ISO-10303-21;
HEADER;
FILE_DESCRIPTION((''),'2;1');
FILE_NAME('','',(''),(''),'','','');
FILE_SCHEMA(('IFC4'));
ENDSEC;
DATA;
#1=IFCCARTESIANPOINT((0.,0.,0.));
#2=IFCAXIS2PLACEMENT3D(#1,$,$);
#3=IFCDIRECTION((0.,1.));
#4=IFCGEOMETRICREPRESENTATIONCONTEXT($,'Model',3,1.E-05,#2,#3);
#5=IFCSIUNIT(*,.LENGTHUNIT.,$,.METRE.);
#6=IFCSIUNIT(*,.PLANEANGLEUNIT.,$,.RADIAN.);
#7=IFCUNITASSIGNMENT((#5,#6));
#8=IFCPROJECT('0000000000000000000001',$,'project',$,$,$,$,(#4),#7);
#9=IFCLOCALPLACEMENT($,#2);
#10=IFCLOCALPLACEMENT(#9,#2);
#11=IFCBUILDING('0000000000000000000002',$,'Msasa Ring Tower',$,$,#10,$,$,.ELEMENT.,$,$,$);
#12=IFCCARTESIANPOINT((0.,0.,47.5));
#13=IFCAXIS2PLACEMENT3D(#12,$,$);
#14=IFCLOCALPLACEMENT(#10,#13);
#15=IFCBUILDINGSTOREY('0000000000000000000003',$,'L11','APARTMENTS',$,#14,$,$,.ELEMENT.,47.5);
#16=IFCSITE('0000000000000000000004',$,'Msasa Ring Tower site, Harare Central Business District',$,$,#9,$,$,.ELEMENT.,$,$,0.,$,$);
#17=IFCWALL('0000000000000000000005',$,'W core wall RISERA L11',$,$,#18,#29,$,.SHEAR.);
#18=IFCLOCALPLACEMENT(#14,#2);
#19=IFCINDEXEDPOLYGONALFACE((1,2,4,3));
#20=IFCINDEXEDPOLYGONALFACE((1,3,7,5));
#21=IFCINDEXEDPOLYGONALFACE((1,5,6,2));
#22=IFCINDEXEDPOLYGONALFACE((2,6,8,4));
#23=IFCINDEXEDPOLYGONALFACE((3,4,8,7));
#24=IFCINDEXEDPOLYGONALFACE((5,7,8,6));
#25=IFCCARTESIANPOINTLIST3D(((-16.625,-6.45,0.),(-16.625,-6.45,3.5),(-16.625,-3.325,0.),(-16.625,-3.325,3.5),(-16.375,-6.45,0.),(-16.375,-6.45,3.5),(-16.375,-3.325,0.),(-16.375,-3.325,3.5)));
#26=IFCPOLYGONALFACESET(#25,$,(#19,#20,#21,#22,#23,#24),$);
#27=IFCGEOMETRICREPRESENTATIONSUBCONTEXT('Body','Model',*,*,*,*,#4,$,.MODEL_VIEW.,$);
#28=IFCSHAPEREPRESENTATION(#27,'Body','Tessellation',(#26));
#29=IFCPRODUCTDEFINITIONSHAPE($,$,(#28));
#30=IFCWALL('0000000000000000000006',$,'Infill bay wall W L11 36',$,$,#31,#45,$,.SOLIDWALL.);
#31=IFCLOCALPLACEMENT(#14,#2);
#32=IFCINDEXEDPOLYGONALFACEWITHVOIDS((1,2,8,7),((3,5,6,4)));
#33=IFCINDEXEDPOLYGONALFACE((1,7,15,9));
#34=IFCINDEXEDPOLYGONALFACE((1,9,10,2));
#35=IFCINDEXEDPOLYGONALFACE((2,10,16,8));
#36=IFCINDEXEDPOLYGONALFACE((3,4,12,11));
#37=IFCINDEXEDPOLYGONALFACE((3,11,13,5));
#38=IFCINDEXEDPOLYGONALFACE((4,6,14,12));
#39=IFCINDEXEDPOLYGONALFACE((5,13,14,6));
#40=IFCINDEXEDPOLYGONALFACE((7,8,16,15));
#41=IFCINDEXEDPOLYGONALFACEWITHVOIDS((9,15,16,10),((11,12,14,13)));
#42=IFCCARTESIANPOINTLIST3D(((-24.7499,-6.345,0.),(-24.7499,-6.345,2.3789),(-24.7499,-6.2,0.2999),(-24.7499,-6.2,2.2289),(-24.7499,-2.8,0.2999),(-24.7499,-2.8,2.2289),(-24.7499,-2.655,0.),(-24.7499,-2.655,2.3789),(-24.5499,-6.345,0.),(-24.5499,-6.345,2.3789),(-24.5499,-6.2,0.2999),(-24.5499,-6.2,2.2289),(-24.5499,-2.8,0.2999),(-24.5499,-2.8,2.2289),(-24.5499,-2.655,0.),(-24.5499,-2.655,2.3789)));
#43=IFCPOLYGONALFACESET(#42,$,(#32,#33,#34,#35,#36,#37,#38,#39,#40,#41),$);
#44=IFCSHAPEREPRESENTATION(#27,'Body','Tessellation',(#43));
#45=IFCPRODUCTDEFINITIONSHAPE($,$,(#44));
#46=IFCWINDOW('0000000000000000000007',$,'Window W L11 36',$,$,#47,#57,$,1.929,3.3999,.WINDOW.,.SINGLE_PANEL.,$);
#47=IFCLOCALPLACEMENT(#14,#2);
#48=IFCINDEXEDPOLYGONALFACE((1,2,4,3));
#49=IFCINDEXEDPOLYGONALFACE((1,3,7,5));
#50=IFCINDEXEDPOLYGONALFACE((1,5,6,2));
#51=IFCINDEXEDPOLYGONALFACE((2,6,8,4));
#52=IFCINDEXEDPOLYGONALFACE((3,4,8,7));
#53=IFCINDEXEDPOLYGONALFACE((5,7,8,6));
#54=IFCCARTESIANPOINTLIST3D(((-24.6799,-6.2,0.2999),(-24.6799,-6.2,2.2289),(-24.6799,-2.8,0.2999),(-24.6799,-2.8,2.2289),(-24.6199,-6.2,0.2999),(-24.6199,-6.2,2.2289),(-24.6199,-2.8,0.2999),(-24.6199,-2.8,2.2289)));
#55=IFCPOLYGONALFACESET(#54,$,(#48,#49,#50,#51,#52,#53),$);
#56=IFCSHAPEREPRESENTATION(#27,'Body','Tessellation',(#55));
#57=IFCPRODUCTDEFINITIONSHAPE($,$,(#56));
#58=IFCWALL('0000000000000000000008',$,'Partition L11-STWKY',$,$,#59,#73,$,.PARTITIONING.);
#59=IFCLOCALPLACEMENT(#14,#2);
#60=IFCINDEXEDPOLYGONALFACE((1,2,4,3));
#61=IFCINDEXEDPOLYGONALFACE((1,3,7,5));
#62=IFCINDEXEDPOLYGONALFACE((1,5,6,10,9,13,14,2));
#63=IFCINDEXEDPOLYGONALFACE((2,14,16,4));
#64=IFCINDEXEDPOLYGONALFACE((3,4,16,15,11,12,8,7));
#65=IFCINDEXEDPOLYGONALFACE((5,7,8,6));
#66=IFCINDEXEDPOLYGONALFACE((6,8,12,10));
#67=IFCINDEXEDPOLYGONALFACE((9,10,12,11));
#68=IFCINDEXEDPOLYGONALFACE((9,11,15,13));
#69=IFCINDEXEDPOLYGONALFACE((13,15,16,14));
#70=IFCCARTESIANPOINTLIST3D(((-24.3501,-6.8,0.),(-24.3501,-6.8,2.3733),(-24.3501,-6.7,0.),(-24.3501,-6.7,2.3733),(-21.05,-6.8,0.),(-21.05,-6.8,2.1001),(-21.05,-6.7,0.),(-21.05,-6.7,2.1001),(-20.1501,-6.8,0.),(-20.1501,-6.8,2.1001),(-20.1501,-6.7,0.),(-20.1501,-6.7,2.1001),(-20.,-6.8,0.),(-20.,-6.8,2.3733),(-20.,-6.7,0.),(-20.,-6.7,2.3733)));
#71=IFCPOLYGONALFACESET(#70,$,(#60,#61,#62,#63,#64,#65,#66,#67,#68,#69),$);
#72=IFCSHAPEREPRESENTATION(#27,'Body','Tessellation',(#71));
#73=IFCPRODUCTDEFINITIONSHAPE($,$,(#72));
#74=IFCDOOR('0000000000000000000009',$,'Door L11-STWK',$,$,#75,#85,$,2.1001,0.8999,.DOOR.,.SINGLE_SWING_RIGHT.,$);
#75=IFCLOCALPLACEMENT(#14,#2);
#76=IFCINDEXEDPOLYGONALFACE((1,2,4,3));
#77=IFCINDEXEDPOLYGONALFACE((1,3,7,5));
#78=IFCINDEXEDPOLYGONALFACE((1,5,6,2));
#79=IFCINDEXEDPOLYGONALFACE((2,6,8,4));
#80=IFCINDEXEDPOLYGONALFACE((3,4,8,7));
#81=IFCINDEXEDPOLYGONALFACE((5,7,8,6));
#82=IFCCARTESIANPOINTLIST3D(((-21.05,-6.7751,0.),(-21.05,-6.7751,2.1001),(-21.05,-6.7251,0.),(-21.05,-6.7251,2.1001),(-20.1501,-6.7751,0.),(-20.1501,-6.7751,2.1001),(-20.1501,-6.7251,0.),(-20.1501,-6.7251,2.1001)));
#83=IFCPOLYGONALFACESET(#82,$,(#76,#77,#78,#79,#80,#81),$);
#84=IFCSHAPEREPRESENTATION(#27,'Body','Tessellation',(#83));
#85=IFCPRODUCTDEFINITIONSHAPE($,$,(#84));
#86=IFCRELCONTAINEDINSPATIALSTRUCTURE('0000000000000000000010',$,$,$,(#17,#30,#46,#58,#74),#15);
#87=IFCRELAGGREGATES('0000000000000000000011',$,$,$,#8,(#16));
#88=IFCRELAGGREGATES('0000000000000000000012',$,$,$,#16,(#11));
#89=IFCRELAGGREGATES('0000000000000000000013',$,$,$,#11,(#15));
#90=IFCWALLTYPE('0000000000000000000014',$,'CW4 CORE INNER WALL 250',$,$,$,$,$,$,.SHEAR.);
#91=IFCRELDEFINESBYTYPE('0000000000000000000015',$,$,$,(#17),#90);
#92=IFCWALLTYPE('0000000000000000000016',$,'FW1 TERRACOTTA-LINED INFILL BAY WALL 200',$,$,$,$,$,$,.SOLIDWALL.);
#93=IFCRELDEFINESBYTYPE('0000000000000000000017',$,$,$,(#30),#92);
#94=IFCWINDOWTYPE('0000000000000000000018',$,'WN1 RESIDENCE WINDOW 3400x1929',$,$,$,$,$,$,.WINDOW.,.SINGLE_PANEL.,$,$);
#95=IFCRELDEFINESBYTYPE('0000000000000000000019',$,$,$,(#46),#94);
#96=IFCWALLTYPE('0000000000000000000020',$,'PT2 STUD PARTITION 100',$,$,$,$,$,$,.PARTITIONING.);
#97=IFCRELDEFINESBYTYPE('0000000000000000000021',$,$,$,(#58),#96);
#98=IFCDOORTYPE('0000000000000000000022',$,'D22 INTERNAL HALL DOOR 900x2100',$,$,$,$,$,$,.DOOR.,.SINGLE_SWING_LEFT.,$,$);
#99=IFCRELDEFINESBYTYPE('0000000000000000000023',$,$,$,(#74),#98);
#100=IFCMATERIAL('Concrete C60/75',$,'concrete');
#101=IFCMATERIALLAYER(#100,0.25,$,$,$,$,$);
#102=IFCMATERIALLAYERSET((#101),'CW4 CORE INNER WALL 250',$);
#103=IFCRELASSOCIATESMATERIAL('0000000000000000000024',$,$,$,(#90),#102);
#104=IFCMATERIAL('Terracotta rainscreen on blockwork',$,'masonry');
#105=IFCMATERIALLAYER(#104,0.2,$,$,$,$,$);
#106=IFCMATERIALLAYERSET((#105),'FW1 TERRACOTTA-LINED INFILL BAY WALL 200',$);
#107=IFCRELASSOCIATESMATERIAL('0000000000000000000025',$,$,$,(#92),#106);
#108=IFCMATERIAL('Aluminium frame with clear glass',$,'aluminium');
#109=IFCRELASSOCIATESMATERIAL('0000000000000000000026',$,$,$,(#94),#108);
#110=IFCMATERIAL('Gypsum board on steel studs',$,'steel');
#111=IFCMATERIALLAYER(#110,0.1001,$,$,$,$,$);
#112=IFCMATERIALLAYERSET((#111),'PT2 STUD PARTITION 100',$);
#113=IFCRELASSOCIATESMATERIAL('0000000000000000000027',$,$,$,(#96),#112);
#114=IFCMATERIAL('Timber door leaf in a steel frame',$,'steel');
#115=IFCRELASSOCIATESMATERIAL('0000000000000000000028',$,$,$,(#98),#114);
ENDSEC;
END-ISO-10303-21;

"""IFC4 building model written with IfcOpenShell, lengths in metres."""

from ifc_helpers import new_model, si_unit, direction, frame, frame_2d, origin, place, context, subcontext, project, spatial, rectangle, extrude, material, layer, layer_set, type_object, element, fill, save


model = new_model("IFC4")

# Units and contexts
model_context = context("Model", 3, precision=1e-05, world=origin(), true_north=direction((0.0, 1.0)))
body_context = subcontext(model_context, "Body", "Model", "MODEL_VIEW")
ifc_project = project(units=[si_unit("LENGTHUNIT", "METRE"), si_unit("PLANEANGLEUNIT", "RADIAN")], contexts=[model_context])

# Site, building, storey
site_placement = place(None, origin())
site = spatial("IfcSite", under=ifc_project, at=site_placement, Name="Msasa Ring Tower site, Harare Central Business District", CompositionType="ELEMENT", RefElevation=0.0)
building_placement = place(site_placement, origin())
building = spatial("IfcBuilding", under=site, at=building_placement, Name="Msasa Ring Tower", CompositionType="ELEMENT")
storey_placement = place(building_placement, frame((0.0, 0.0, 47.5)))
storey = spatial("IfcBuildingStorey", under=building, at=storey_placement, Name="L11", Description="APARTMENTS", CompositionType="ELEMENT", Elevation=47.5)

# Wall
ifc_material_1 = material(Name="Concrete C60/75", Category="concrete")
ifc_layer_1 = layer(ifc_material_1, 0.25)
ifc_layer_set_1 = layer_set([ifc_layer_1], Name="CW4 CORE INNER WALL 250")
wall_type_1 = type_object("IfcWallType", Name="CW4 CORE INNER WALL 250", PredefinedType="SHEAR", material=ifc_layer_set_1)
wall_1_placement = place(storey_placement, frame((-16.5, -6.45, 0.0), z_axis=(0.0, 0.0, 1.0), x_axis=(0.0, 1.0, 0.0)))
element("IfcWall", 1, at=wall_1_placement, inside=storey, type_object=wall_type_1, Name="W core wall RISERA L11", PredefinedType="SHEAR", context=body_context, shape_type="SweptSolid", body=[
    extrude(rectangle(XDim=3.125, YDim=0.25, at=frame_2d((1.5625, 0.0))), origin(), (0.0, 0.0, 1.0), 3.5),
])

# Wall, opening, window
ifc_material_2 = material(Name="Terracotta rainscreen on blockwork", Category="masonry")
ifc_layer_2 = layer(ifc_material_2, 0.2)
ifc_layer_set_2 = layer_set([ifc_layer_2], Name="FW1 TERRACOTTA-LINED INFILL BAY WALL 200")
wall_type_2 = type_object("IfcWallType", Name="FW1 TERRACOTTA-LINED INFILL BAY WALL 200", PredefinedType="SOLIDWALL", material=ifc_layer_set_2)
wall_2_placement = place(storey_placement, frame((-24.6499, -6.345, 0.0), z_axis=(0.0, 0.0, 1.0), x_axis=(0.0, 1.0, 0.0)))
wall_2 = element("IfcWall", 2, at=wall_2_placement, inside=storey, type_object=wall_type_2, Name="Infill bay wall W L11 36", PredefinedType="SOLIDWALL", context=body_context, shape_type="SweptSolid", body=[
    extrude(rectangle(XDim=3.6899, YDim=0.2, at=frame_2d((1.845, 0.0))), origin(), (0.0, 0.0, 1.0), 2.3789),
])
opening_1_placement = place(wall_2_placement, frame((0.145, 0.0, 0.3)))
opening_1 = element("IfcOpeningElement", 3, at=opening_1_placement, cuts=wall_2, PredefinedType="OPENING", context=body_context, shape_type="SweptSolid", body=[
    extrude(rectangle(XDim=3.3999, YDim=1.929, at=frame_2d((1.7, 0.9644))), frame((0.0, 0.1099, 0.0), z_axis=(0.0, -1.0, 0.0), x_axis=(1.0, 0.0, 0.0)), (0.0, 0.0, 1.0), 0.22),
])
ifc_material_3 = material(Name="Aluminium frame with clear glass", Category="aluminium")
window_type = type_object("IfcWindowType", Name="WN1 RESIDENCE WINDOW 3400x1929", PartitioningType="SINGLE_PANEL", PredefinedType="WINDOW", material=ifc_material_3)
window_placement = place(opening_1_placement, origin())
window = element("IfcWindow", 4, at=window_placement, inside=storey, type_object=window_type, Name="Window W L11 36", OverallHeight=1.929, OverallWidth=3.3999, PartitioningType="SINGLE_PANEL", PredefinedType="WINDOW", context=body_context, shape_type="SweptSolid", body=[
    extrude(rectangle(XDim=3.3999, YDim=1.929, at=frame_2d((1.7, 0.9644))), frame((0.0, 0.03, 0.0), z_axis=(0.0, -1.0, 0.0), x_axis=(1.0, 0.0, 0.0)), (0.0, 0.0, 1.0), 0.0601),
])
fill(opening_1, window)

# Wall, opening, door
ifc_material_4 = material(Name="Gypsum board on steel studs", Category="steel")
ifc_layer_3 = layer(ifc_material_4, 0.1001)
ifc_layer_set_3 = layer_set([ifc_layer_3], Name="PT2 STUD PARTITION 100")
wall_type_3 = type_object("IfcWallType", Name="PT2 STUD PARTITION 100", PredefinedType="PARTITIONING", material=ifc_layer_set_3)
wall_3_placement = place(storey_placement, frame((-24.3501, -6.75, 0.0), z_axis=(0.0, 0.0, 1.0), x_axis=(1.0, 0.0, 0.0)))
wall_3 = element("IfcWall", 5, at=wall_3_placement, inside=storey, type_object=wall_type_3, Name="Partition L11-STWKY", PredefinedType="PARTITIONING", context=body_context, shape_type="SweptSolid", body=[
    extrude(rectangle(XDim=4.3501, YDim=0.1001, at=frame_2d((2.175, 0.0))), origin(), (0.0, 0.0, 1.0), 2.3733),
])
opening_2_placement = place(wall_3_placement, frame((3.3, 0.0, 0.0)))
opening_2 = element("IfcOpeningElement", 6, at=opening_2_placement, cuts=wall_3, PredefinedType="OPENING", context=body_context, shape_type="SweptSolid", body=[
    extrude(rectangle(XDim=0.8999, YDim=2.1001, at=frame_2d((0.45, 1.05))), frame((0.0, 0.0601, 0.0), z_axis=(0.0, -1.0, 0.0), x_axis=(1.0, 0.0, 0.0)), (0.0, 0.0, 1.0), 0.1201),
])
ifc_material_5 = material(Name="Timber door leaf in a steel frame", Category="steel")
door_type = type_object("IfcDoorType", Name="D22 INTERNAL HALL DOOR 900x2100", OperationType="SINGLE_SWING_LEFT", PredefinedType="DOOR", material=ifc_material_5)
door_placement = place(opening_2_placement, origin())
door = element("IfcDoor", 7, at=door_placement, inside=storey, type_object=door_type, Name="Door L11-STWK", OperationType="SINGLE_SWING_RIGHT", OverallHeight=2.1001, OverallWidth=0.8999, PredefinedType="DOOR", context=body_context, shape_type="SweptSolid", body=[
    extrude(rectangle(XDim=0.8999, YDim=2.1001, at=frame_2d((0.45, 1.05))), frame((0.0, 0.0249, 0.0), z_axis=(0.0, -1.0, 0.0), x_axis=(1.0, 0.0, 0.0)), (0.0, 0.0, 1.0), 0.05),
])
fill(opening_2, door)

save(model, "model.ifc")
